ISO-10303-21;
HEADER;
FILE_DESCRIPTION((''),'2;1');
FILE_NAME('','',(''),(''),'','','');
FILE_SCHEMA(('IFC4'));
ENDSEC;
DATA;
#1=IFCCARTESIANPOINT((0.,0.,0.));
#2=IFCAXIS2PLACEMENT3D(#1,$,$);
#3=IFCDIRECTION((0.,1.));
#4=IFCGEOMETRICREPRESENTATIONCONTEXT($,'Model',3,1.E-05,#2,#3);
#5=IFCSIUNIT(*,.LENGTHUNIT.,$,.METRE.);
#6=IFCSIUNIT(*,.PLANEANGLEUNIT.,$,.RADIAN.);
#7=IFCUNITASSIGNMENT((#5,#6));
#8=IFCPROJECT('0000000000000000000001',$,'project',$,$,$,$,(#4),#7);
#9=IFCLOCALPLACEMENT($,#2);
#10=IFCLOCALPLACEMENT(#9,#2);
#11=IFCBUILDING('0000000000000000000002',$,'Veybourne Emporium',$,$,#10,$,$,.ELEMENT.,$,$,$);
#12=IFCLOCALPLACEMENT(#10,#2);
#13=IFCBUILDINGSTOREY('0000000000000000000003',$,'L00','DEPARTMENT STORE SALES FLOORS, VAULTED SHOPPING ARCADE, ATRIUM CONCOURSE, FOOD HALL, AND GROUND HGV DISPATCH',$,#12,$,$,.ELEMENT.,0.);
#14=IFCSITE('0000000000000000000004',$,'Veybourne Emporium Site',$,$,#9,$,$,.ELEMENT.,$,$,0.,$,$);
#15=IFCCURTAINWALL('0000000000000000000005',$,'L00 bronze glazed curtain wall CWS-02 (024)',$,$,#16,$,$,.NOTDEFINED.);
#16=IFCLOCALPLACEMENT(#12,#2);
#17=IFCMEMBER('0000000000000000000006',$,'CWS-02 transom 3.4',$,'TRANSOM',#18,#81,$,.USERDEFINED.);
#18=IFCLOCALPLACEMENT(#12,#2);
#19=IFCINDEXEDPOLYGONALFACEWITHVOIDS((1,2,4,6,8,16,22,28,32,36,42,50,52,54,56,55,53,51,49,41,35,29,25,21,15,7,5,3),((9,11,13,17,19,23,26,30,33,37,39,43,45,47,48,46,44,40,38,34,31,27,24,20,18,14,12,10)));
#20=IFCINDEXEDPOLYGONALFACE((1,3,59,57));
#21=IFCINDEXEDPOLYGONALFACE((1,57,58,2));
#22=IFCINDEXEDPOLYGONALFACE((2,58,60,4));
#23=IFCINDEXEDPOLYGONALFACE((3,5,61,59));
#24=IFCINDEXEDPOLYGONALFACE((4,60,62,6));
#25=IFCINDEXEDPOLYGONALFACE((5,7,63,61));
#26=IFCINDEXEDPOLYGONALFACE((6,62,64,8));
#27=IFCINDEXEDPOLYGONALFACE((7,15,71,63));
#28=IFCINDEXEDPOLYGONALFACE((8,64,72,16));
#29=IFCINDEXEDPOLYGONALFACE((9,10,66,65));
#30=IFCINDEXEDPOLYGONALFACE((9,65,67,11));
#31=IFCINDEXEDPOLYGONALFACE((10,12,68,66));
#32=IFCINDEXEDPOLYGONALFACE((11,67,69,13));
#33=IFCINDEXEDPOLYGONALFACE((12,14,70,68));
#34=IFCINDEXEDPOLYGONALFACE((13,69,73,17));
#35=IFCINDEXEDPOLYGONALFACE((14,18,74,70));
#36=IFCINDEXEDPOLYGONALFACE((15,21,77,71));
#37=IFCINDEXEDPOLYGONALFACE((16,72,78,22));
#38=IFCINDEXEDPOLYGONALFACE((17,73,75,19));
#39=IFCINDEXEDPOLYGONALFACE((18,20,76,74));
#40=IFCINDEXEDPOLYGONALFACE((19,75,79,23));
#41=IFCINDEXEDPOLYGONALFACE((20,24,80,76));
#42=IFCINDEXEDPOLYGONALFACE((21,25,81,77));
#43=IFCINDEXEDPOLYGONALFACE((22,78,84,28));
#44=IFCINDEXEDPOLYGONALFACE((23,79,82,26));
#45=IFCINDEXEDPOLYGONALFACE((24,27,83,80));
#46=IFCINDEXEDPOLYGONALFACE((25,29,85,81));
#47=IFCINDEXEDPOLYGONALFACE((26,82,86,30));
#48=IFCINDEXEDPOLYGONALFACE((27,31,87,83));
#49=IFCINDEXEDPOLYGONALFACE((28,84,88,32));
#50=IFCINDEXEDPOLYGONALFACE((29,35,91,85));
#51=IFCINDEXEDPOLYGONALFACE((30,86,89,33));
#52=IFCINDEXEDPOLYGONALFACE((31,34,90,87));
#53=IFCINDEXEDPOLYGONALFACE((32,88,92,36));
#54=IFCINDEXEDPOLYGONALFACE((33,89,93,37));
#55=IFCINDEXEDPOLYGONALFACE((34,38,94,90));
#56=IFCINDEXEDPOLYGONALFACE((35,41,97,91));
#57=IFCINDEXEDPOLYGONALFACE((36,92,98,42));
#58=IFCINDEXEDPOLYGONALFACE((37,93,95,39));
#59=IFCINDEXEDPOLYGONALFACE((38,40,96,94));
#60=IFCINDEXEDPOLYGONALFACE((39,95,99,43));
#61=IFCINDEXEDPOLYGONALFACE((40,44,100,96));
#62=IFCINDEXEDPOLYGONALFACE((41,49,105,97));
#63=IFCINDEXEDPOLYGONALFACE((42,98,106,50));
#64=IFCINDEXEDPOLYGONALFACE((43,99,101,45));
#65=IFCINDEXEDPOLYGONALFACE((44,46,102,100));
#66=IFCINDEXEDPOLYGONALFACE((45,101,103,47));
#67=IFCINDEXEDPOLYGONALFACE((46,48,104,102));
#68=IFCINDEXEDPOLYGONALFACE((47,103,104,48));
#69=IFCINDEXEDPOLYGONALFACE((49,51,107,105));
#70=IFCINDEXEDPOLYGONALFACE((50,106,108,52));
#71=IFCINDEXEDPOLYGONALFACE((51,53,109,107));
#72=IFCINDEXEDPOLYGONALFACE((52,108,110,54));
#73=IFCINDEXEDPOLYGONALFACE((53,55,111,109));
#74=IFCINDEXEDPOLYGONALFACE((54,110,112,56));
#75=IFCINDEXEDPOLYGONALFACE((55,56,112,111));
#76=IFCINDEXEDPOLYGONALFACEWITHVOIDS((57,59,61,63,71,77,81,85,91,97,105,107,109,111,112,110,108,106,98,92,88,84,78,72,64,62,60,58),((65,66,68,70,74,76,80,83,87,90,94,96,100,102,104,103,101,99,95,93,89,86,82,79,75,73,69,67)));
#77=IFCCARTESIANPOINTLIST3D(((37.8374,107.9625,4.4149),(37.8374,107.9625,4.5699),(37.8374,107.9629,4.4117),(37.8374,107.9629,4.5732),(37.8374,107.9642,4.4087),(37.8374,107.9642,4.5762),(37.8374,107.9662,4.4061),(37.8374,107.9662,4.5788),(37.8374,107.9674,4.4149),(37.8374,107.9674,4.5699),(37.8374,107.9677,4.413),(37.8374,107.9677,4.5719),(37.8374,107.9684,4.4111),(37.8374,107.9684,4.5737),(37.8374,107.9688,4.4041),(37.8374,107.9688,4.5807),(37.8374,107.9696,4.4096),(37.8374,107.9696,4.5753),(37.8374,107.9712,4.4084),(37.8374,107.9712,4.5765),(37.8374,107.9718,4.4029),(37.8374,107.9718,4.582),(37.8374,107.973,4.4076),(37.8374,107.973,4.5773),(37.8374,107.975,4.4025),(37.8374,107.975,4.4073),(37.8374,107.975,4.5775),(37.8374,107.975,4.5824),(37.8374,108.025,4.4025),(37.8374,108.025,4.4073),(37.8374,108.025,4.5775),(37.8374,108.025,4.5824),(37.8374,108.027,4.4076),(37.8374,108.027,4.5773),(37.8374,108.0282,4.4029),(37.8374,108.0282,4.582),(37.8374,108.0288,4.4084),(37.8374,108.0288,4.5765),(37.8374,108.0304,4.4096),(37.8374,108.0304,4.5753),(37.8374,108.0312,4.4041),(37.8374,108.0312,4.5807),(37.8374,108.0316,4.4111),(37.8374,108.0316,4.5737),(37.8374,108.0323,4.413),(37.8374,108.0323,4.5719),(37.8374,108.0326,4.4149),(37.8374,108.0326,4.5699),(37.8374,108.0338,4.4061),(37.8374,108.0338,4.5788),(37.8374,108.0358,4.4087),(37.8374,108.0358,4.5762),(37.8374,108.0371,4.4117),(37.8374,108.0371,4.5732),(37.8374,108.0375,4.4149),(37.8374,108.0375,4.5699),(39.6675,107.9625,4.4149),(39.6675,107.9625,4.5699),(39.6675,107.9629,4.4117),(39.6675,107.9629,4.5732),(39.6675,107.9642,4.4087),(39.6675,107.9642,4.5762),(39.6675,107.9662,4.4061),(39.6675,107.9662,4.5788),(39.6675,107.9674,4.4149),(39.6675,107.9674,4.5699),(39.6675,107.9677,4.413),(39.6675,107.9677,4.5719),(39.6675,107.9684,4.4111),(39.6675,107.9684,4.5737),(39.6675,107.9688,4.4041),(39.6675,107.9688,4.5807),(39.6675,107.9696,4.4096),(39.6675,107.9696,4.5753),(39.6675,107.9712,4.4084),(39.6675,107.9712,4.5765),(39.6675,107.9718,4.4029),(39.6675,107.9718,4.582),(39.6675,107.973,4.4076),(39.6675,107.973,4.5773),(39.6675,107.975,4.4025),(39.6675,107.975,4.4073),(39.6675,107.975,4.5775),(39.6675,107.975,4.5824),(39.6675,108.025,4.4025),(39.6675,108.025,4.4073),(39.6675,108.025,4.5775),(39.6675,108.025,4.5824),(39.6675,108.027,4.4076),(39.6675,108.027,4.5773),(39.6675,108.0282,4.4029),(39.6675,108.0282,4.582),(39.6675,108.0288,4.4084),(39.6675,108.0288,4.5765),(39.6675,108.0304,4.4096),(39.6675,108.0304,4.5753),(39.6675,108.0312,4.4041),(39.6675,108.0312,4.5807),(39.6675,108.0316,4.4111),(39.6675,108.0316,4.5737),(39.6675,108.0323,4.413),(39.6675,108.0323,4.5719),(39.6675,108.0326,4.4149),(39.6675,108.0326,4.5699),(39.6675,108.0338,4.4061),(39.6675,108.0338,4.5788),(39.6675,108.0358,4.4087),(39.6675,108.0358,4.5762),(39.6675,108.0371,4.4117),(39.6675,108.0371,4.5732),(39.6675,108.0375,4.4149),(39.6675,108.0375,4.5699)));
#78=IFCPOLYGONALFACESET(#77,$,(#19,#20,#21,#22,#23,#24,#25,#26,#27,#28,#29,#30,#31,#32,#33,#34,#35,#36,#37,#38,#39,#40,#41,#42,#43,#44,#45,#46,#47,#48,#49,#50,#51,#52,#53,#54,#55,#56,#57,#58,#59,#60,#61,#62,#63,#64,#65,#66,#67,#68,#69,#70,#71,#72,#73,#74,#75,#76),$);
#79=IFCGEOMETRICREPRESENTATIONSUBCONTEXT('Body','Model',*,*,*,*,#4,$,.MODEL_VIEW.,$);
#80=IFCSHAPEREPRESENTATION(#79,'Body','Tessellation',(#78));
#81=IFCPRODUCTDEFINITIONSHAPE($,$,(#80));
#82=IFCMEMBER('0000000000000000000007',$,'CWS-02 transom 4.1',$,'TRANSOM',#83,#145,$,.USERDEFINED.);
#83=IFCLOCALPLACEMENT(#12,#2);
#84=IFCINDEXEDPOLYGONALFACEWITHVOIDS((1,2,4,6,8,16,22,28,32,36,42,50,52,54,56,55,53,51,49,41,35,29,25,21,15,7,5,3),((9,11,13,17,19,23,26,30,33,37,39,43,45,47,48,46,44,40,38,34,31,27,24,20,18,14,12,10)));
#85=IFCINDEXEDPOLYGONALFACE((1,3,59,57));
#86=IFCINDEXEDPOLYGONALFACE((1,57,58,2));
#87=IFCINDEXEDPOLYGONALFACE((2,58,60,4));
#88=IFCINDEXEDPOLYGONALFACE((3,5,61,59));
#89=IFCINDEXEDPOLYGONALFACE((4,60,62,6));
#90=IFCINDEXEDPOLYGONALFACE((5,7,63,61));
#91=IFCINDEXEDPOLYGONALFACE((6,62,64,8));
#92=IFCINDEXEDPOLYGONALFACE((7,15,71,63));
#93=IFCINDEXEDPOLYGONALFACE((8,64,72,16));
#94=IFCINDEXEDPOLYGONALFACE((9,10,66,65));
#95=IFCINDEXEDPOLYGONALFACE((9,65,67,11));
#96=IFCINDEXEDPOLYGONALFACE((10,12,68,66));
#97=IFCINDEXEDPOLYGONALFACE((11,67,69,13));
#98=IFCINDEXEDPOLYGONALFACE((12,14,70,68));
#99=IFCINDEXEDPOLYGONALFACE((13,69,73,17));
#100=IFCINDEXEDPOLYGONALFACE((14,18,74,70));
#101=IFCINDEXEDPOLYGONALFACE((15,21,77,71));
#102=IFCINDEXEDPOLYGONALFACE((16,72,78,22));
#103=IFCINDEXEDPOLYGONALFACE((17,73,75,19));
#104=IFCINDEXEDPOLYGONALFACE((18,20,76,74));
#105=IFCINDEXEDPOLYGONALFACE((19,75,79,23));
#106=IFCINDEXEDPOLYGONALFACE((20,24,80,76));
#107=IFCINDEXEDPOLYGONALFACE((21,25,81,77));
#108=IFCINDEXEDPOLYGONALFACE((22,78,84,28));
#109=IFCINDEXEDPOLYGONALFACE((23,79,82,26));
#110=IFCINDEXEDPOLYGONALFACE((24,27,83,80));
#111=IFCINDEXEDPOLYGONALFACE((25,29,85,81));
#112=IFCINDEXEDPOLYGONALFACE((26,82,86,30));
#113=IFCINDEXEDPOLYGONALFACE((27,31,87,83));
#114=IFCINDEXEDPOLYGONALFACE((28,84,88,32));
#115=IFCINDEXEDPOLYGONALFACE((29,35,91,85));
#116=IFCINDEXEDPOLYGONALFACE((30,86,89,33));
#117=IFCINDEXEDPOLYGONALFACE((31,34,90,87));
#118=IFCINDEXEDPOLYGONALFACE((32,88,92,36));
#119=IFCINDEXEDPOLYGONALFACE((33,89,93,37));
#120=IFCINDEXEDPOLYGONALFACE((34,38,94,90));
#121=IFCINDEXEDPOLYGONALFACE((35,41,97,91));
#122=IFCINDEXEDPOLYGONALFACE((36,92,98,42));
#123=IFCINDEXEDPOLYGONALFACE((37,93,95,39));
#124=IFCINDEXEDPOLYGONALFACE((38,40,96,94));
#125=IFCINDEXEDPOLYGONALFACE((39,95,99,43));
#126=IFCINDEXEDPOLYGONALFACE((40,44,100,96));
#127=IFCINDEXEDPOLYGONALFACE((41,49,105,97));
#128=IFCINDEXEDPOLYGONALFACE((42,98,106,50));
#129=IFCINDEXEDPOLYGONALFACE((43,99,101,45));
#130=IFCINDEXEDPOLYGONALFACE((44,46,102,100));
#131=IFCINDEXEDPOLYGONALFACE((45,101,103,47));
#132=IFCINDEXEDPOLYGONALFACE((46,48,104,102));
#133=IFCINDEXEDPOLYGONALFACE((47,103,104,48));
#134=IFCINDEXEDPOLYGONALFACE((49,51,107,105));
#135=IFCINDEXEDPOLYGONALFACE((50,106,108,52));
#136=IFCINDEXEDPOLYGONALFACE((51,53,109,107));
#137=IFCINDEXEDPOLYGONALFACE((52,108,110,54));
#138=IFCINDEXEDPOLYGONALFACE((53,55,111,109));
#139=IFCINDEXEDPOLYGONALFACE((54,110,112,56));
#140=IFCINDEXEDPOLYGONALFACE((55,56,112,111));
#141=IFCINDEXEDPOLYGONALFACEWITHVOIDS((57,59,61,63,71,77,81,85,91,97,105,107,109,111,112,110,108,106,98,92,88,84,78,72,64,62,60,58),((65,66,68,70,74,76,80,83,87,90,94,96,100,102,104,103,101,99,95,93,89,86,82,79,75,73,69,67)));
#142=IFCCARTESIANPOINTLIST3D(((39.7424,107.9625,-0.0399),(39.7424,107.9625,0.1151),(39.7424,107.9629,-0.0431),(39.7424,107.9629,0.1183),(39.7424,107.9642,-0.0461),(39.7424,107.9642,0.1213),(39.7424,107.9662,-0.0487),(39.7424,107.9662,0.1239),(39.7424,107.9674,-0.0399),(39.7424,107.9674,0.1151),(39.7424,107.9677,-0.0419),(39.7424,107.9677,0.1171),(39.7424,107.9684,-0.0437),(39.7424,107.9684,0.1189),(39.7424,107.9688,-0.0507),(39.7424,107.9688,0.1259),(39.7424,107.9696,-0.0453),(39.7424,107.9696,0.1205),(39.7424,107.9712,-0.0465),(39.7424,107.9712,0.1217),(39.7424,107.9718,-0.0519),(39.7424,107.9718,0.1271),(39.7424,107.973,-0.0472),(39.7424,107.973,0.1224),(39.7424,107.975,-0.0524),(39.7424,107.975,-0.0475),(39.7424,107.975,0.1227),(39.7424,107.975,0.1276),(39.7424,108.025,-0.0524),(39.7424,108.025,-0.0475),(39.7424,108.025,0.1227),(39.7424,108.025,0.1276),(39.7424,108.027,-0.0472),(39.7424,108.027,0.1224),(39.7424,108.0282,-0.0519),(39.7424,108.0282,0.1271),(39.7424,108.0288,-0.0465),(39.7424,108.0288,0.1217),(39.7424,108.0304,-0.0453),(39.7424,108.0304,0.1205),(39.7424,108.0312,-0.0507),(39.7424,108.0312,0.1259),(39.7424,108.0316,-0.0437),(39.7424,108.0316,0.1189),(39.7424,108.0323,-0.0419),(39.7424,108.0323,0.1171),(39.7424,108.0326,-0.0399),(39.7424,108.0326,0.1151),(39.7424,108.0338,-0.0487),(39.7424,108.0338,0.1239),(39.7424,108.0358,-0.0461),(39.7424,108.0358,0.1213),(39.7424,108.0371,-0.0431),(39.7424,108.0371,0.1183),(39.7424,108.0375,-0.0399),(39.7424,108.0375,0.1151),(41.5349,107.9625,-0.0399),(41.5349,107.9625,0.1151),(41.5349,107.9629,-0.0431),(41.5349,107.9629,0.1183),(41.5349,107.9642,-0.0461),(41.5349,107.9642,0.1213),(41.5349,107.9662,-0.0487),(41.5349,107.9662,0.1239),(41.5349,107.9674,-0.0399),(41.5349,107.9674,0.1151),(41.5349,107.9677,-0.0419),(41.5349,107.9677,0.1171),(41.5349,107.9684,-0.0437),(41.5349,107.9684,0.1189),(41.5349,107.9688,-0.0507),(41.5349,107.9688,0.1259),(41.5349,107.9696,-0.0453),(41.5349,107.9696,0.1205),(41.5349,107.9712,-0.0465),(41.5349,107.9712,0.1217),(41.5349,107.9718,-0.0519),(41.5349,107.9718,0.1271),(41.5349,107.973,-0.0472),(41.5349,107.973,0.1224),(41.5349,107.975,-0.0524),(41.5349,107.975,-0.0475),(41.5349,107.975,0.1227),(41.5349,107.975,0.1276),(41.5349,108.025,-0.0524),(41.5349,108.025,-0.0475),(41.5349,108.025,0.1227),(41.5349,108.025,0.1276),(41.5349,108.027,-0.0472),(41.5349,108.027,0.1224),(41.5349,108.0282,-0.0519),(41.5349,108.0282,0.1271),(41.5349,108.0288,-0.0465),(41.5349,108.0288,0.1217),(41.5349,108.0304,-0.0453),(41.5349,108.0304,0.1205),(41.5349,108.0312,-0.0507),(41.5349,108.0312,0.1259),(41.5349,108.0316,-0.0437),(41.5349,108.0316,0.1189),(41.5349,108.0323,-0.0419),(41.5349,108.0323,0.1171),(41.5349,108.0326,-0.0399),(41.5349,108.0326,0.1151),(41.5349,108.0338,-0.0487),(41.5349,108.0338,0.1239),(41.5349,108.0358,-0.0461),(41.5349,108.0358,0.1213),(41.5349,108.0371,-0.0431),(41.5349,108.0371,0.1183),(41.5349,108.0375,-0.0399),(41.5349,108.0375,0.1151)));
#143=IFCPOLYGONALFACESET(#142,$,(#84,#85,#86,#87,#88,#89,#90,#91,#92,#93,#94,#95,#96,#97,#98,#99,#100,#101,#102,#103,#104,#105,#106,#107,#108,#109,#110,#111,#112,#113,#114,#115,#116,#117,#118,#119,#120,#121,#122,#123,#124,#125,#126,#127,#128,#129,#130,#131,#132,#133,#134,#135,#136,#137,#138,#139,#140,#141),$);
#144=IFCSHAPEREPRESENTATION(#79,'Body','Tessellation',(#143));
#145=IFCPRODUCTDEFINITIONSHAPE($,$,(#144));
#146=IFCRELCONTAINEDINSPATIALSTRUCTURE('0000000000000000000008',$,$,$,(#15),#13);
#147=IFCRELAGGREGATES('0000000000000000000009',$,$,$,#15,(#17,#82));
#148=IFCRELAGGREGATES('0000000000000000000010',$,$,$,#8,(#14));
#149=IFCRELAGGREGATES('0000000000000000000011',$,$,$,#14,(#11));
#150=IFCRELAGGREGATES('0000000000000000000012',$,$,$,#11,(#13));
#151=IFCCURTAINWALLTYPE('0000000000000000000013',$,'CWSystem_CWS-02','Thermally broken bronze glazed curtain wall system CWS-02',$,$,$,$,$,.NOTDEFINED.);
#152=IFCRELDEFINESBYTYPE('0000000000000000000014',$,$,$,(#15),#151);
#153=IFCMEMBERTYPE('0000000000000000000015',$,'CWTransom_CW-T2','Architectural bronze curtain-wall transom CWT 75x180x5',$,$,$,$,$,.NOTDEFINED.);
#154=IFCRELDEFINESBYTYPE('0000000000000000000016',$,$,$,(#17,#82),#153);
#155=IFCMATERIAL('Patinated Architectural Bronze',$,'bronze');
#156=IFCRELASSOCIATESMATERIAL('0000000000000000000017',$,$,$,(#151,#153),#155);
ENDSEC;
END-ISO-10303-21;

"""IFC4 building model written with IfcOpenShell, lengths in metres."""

from ifc_helpers import new_model, si_unit, direction, frame, origin, origin_2d, place, context, subcontext, project, spatial, hollow_rectangle, extrude, material, material_profile, profile_set, type_object, element, aggregate, save


model = new_model("IFC4")

# Units and contexts
model_context = context("Model", 3, precision=1e-05, world=origin(), true_north=direction((0.0, 1.0)))
body_context = subcontext(model_context, "Body", "Model", "MODEL_VIEW")
ifc_project = project(units=[si_unit("LENGTHUNIT", "METRE"), si_unit("PLANEANGLEUNIT", "RADIAN")], contexts=[model_context])

# Site, building, storey
site_placement = place(None, origin())
site = spatial("IfcSite", under=ifc_project, at=site_placement, Name="Veybourne Emporium Site", CompositionType="ELEMENT", RefElevation=0.0)
building_placement = place(site_placement, origin())
building = spatial("IfcBuilding", under=site, at=building_placement, Name="Veybourne Emporium", CompositionType="ELEMENT")
storey_placement = place(building_placement, origin())
storey = spatial("IfcBuildingStorey", under=building, at=storey_placement, Name="L00", Description="DEPARTMENT STORE SALES FLOORS, VAULTED SHOPPING ARCADE, ATRIUM CONCOURSE, FOOD HALL, AND GROUND HGV DISPATCH", CompositionType="ELEMENT", Elevation=0.0)

# Curtain wall, members
ifc_material_1 = material(Name="Patinated Architectural Bronze", Category="bronze")
curtain_wall_type = type_object("IfcCurtainWallType", Name="CWSystem_CWS-02", Description="Thermally broken bronze glazed curtain wall system CWS-02", PredefinedType="NOTDEFINED", material=ifc_material_1)
curtain_wall_placement = place(storey_placement, origin())
curtain_wall = element("IfcCurtainWall", 1, at=curtain_wall_placement, inside=storey, type_object=curtain_wall_type, Name="L00 bronze glazed curtain wall CWS-02 (024)", PredefinedType="NOTDEFINED")
ifc_material_profile_1 = material_profile(ifc_material_1, hollow_rectangle(XDim=0.075, YDim=0.1799, WallThickness=0.0049, InnerFilletRadius=0.0076, OuterFilletRadius=0.0125, at=origin_2d()), Name="CWT 75x180x5")
ifc_profile_set_1 = profile_set([ifc_material_profile_1], Name="Patinated Architectural Bronze")
member_type_1 = type_object("IfcMemberType", Name="CWTransom_CW-T2", Description="Architectural bronze curtain-wall transom CWT 75x180x5", PredefinedType="NOTDEFINED", material=ifc_profile_set_1)
member_1_placement = place(storey_placement, frame((37.8374, 108.0, 4.4924), z_axis=(1.0, 0.0, 0.0), x_axis=(0.0, 1.0, 0.0)))
member_1 = element("IfcMember", 2, at=member_1_placement, type_object=member_type_1, Name="CWS-02 transom 3.4", ObjectType="TRANSOM", PredefinedType="USERDEFINED", context=body_context, shape_type="SweptSolid", body=[
    extrude(hollow_rectangle(XDim=0.075, YDim=0.1799, WallThickness=0.0049, InnerFilletRadius=0.0076, OuterFilletRadius=0.0125, at=origin_2d()), origin(), (0.0, 0.0, 1.0), 1.8301),
])
member_2_placement = place(storey_placement, frame((39.7424, 108.0, 0.0376), z_axis=(1.0, 0.0, 0.0), x_axis=(0.0, 1.0, 0.0)))
member_2 = element("IfcMember", 3, at=member_2_placement, type_object=member_type_1, Name="CWS-02 transom 4.1", ObjectType="TRANSOM", PredefinedType="USERDEFINED", context=body_context, shape_type="SweptSolid", body=[
    extrude(hollow_rectangle(XDim=0.075, YDim=0.1799, WallThickness=0.0049, InnerFilletRadius=0.0076, OuterFilletRadius=0.0125, at=origin_2d()), origin(), (0.0, 0.0, 1.0), 1.7925),
])

aggregate(curtain_wall, [member_1, member_2])

save(model, "model.ifc")
